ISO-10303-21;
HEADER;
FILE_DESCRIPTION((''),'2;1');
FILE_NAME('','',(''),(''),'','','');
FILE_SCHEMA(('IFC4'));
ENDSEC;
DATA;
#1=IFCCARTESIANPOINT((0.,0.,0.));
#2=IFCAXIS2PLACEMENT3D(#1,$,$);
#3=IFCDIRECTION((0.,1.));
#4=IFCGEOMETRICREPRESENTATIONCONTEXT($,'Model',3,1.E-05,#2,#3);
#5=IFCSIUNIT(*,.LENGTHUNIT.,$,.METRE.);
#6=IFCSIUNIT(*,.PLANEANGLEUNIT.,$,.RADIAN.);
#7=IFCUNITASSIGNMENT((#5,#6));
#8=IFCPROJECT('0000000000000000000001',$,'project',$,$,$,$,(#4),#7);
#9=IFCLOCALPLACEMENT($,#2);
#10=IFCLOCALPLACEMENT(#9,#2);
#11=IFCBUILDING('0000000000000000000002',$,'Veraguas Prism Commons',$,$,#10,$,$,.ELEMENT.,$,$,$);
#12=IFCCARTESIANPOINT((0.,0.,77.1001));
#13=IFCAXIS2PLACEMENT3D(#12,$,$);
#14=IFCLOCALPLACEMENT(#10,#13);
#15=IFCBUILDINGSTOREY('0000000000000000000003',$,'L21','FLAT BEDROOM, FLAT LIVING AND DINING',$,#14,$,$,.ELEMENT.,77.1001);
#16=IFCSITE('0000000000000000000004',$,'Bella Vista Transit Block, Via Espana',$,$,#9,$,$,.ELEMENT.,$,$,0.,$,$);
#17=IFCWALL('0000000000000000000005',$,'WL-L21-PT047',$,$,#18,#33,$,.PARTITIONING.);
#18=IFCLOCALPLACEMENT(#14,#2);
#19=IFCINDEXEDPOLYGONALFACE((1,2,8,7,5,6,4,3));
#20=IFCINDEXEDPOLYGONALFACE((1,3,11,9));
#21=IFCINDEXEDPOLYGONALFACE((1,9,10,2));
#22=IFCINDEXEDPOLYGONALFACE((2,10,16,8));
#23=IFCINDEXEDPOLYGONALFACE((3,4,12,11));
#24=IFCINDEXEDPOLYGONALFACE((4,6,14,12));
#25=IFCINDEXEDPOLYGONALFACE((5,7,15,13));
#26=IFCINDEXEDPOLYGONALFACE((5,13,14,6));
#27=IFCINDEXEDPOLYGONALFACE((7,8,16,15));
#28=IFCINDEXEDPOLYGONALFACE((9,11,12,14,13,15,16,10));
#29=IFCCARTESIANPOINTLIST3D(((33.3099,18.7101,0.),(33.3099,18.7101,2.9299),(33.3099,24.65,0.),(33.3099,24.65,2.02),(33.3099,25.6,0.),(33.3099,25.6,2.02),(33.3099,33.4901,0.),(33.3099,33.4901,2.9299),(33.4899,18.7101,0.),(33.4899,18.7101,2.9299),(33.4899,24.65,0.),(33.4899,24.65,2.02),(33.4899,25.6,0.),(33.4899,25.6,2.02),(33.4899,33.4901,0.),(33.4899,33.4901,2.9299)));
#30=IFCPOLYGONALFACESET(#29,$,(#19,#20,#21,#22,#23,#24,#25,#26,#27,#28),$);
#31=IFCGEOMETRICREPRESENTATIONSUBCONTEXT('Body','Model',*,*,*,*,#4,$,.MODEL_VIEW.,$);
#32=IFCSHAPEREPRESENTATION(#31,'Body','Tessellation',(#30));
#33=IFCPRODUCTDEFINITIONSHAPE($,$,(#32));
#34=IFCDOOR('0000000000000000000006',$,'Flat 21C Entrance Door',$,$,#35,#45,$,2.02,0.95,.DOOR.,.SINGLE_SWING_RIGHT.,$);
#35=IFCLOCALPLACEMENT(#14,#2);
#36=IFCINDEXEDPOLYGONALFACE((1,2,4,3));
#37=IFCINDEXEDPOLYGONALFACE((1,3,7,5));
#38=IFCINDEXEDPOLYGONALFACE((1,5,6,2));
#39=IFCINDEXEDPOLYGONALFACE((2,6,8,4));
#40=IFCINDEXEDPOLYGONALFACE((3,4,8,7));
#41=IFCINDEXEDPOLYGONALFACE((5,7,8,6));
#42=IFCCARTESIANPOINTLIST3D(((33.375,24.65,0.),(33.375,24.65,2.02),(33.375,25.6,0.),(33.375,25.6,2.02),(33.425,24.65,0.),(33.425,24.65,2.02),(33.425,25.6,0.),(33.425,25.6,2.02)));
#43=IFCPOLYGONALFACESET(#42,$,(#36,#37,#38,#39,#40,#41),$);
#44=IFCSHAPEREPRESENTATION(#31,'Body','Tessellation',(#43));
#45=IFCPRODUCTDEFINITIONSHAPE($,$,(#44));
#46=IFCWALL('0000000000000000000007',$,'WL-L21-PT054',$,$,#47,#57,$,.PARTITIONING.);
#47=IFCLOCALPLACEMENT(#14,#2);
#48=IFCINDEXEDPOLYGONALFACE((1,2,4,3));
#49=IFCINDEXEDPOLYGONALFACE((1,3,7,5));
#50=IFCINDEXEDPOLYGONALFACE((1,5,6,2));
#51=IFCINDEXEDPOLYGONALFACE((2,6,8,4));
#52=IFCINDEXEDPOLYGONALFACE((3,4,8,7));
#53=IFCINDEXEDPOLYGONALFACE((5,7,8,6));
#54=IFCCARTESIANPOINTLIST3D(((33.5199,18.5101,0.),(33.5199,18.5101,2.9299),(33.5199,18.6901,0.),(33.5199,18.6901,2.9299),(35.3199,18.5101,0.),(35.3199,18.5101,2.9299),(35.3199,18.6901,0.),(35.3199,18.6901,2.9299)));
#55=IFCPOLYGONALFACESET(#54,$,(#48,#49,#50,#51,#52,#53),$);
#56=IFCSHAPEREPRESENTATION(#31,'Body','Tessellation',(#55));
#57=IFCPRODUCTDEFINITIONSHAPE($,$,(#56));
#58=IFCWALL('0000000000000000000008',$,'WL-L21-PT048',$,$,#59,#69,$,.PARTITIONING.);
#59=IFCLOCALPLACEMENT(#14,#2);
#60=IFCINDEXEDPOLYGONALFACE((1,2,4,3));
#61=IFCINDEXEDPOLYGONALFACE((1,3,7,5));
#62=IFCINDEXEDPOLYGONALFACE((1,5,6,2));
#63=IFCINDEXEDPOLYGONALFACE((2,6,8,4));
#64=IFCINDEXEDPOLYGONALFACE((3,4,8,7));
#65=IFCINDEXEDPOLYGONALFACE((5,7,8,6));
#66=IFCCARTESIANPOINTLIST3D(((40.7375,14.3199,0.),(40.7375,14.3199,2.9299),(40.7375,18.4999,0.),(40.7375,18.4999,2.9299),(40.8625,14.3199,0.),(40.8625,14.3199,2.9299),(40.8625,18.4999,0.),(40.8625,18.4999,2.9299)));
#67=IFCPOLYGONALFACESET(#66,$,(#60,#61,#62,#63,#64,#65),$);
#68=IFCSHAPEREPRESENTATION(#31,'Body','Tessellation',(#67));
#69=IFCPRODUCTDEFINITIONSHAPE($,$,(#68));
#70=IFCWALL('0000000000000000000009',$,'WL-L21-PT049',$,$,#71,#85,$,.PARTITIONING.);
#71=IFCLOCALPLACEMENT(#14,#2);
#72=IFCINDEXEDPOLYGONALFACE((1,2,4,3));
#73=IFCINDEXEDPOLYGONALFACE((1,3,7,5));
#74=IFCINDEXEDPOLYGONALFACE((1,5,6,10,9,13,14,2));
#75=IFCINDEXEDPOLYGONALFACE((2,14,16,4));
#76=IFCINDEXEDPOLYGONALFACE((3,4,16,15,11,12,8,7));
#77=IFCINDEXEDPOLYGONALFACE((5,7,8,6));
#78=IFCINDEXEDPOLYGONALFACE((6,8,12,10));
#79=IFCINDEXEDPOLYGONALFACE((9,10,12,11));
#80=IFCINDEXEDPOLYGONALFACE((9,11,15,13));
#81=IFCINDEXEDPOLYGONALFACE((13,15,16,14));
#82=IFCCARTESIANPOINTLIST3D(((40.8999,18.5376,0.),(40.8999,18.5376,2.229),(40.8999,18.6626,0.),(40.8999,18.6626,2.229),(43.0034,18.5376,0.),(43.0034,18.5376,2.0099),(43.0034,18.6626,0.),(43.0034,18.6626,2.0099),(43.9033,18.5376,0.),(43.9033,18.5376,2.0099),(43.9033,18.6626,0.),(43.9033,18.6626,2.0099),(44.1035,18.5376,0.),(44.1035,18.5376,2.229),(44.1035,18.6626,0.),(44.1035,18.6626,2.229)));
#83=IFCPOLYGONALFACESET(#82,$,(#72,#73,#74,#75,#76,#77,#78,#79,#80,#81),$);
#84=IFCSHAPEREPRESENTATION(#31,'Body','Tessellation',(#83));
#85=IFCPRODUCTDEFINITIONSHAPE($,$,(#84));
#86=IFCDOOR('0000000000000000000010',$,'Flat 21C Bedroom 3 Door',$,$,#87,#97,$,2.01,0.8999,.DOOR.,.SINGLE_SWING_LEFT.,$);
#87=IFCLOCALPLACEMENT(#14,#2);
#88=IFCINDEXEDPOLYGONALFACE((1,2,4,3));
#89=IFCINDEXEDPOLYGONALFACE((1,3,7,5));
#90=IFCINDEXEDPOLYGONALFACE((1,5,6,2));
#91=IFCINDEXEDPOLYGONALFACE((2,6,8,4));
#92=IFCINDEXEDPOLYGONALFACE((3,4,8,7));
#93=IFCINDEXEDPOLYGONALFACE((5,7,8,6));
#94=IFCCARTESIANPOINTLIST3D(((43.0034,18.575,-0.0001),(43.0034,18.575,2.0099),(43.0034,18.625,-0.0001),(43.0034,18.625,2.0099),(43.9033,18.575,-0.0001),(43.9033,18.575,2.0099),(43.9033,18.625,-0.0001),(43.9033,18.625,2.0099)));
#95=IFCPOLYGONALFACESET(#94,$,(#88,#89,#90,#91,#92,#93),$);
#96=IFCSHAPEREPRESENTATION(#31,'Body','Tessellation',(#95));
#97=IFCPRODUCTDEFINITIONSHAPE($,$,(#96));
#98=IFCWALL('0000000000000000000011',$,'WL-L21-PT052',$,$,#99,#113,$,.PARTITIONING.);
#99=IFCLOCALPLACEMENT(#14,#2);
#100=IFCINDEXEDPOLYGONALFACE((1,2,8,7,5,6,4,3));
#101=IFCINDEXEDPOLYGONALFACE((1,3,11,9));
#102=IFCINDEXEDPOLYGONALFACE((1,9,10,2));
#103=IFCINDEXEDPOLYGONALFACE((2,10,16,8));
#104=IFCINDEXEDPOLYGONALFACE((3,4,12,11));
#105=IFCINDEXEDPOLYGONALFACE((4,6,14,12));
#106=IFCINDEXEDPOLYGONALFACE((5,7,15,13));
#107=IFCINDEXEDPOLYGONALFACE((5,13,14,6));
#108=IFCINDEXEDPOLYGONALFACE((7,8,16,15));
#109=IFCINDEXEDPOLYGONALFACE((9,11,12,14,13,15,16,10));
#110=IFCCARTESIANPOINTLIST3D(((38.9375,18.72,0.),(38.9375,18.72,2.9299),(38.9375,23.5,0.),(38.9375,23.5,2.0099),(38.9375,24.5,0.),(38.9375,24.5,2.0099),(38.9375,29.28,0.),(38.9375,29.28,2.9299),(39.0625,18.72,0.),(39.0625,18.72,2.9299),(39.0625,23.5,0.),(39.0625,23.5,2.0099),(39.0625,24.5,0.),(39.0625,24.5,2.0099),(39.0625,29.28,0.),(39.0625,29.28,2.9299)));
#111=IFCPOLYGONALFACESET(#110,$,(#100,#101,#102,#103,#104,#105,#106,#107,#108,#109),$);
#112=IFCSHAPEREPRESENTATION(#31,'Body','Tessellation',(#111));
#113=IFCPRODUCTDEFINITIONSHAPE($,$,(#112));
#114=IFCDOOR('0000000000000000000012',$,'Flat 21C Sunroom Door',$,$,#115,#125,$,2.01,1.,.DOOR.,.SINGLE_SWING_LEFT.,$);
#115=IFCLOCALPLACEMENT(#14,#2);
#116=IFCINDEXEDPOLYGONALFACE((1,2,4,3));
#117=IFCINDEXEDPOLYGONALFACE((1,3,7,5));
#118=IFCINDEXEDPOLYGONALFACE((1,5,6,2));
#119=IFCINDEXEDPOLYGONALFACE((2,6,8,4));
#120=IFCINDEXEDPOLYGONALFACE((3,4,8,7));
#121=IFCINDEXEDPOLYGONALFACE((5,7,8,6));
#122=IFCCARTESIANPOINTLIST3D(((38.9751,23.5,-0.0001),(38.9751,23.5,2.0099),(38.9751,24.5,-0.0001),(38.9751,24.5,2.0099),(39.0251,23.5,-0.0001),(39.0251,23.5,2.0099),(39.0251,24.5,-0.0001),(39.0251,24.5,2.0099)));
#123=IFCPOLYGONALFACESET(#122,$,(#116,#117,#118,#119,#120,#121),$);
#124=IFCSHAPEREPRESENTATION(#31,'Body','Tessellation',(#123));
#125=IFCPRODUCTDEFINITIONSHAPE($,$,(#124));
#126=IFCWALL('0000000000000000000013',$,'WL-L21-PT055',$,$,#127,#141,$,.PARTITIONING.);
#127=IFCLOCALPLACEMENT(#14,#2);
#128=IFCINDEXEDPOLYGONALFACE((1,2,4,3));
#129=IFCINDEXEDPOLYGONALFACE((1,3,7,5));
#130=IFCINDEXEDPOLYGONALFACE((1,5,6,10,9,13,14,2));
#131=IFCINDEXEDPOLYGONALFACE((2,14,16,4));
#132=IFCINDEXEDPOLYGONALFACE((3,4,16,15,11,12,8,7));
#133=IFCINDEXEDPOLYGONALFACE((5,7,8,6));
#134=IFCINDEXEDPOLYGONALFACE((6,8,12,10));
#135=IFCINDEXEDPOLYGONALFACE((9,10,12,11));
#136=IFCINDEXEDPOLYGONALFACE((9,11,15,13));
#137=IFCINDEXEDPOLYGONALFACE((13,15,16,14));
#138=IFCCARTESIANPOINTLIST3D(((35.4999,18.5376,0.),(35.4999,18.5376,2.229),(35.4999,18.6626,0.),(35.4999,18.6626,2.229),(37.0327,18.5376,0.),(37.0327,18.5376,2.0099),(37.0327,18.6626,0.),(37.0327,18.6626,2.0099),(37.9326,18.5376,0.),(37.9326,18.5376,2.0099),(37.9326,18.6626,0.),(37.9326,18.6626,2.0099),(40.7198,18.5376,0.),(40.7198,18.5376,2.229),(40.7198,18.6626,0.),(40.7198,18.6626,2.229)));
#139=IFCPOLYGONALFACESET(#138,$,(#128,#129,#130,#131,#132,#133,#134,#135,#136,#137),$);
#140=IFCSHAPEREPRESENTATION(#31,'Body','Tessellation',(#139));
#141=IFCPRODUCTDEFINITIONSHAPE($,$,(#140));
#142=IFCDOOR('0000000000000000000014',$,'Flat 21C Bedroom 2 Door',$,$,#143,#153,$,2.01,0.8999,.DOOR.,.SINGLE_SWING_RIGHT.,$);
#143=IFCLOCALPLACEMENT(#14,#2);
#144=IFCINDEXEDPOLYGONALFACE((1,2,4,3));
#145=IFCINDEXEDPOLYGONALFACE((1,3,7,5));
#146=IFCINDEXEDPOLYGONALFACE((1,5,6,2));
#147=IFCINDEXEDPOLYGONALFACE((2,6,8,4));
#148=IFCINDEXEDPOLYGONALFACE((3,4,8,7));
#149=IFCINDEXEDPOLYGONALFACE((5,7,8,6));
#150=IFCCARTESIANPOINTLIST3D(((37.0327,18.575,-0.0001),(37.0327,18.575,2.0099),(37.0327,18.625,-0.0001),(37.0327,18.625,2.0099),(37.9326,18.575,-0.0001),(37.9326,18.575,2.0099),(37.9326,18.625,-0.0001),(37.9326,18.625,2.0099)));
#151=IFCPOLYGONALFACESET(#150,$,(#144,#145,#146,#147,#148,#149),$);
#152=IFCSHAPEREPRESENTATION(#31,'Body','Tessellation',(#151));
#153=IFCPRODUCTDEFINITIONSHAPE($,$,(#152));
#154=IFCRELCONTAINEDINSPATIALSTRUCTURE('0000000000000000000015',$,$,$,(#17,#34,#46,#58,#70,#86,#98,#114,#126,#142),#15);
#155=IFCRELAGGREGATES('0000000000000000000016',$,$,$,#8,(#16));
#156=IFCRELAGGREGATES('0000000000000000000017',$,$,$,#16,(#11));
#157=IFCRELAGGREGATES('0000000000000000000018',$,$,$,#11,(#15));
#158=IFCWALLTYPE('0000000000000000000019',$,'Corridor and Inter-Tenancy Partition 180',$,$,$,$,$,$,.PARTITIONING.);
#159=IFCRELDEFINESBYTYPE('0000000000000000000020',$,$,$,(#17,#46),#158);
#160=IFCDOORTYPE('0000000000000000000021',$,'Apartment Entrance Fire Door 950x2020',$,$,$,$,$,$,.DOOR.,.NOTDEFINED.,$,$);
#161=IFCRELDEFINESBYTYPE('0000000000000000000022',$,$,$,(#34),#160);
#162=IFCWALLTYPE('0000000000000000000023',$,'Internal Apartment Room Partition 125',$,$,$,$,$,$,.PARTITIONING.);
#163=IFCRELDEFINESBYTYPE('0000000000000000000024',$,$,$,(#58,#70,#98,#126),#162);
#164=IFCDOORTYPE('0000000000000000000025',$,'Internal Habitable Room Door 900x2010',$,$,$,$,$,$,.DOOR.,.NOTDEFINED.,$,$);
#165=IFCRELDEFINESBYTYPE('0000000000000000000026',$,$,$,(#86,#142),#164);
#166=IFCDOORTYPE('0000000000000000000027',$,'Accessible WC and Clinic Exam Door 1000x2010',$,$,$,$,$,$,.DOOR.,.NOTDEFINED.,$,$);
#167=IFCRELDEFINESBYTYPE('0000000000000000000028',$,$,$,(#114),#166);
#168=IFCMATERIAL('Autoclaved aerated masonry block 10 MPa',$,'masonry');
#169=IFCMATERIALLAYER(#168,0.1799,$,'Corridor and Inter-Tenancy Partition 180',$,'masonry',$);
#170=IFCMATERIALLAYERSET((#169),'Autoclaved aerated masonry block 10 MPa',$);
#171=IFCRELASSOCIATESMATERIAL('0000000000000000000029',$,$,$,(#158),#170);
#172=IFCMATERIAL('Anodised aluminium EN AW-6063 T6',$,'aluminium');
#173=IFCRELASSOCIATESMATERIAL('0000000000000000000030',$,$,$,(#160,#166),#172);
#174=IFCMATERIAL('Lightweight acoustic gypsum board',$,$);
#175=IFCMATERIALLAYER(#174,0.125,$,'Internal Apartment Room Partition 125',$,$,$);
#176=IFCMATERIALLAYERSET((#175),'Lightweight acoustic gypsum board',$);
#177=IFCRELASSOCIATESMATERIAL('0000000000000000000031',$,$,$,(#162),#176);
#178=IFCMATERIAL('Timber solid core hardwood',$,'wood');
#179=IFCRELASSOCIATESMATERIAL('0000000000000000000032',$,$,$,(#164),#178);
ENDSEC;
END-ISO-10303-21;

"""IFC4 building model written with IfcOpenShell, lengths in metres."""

from ifc_helpers import new_model, si_unit, direction, frame, frame_2d, origin, place, context, subcontext, project, spatial, rectangle, extrude, source, transform, mapped, material, layer, layer_set, type_object, element, fill, save


model = new_model("IFC4")

# Units and contexts
model_context = context("Model", 3, precision=1e-05, world=origin(), true_north=direction((0.0, 1.0)))
body_context = subcontext(model_context, "Body", "Model", "MODEL_VIEW")
ifc_project = project(units=[si_unit("LENGTHUNIT", "METRE"), si_unit("PLANEANGLEUNIT", "RADIAN")], contexts=[model_context])

# Site, building, storey
site_placement = place(None, origin())
site = spatial("IfcSite", under=ifc_project, at=site_placement, Name="Bella Vista Transit Block, Via Espana", CompositionType="ELEMENT", RefElevation=0.0)
building_placement = place(site_placement, origin())
building = spatial("IfcBuilding", under=site, at=building_placement, Name="Veraguas Prism Commons", CompositionType="ELEMENT")
storey_placement = place(building_placement, frame((0.0, 0.0, 77.1001)))
storey = spatial("IfcBuildingStorey", under=building, at=storey_placement, Name="L21", Description="FLAT BEDROOM, FLAT LIVING AND DINING", CompositionType="ELEMENT", Elevation=77.1001)

# Shared definitions
ifc_material_1 = material(Name="Anodised aluminium EN AW-6063 T6", Category="aluminium")

# Wall, opening, door
ifc_material_2 = material(Name="Autoclaved aerated masonry block 10 MPa", Category="masonry")
ifc_layer_1 = layer(ifc_material_2, 0.1799, Name="Corridor and Inter-Tenancy Partition 180", Category="masonry")
ifc_layer_set_1 = layer_set([ifc_layer_1], Name="Autoclaved aerated masonry block 10 MPa")
wall_type_1 = type_object("IfcWallType", Name="Corridor and Inter-Tenancy Partition 180", PredefinedType="PARTITIONING", material=ifc_layer_set_1)
wall_1_placement = place(storey_placement, frame((33.3999, 18.71, 0.0), z_axis=(0.0, 0.0, 1.0), x_axis=(0.0, 1.0, 0.0)))
wall_1 = element("IfcWall", 1, at=wall_1_placement, inside=storey, type_object=wall_type_1, Name="WL-L21-PT047", PredefinedType="PARTITIONING", context=body_context, shape_type="SweptSolid", body=[
    extrude(rectangle(XDim=14.78, YDim=0.1799, at=frame_2d((7.3901, 0.0))), origin(), (0.0, 0.0, 1.0), 2.9299),
])
opening_1_placement = place(wall_1_placement, frame((5.9399, 0.0, 0.0)))
opening_1 = element("IfcOpeningElement", 2, at=opening_1_placement, cuts=wall_1, PredefinedType="OPENING", context=body_context, shape_type="SweptSolid", body=[
    extrude(rectangle(XDim=0.95, YDim=2.02, at=frame_2d((0.4751, 1.01))), frame((0.0, 0.0999, 0.0), z_axis=(0.0, -1.0, 0.0), x_axis=(1.0, 0.0, 0.0)), (0.0, 0.0, 1.0), 0.2),
])
door_type_1 = type_object("IfcDoorType", Name="Apartment Entrance Fire Door 950x2020", OperationType="NOTDEFINED", PredefinedType="DOOR", material=ifc_material_1)
shared_shape_1 = source(origin(), body_context, "Body", "SweptSolid", [
    extrude(rectangle(XDim=0.95, YDim=2.02, at=frame_2d((0.4751, 1.01))), frame((0.0, 0.0249, 0.0), z_axis=(0.0, -1.0, 0.0), x_axis=(1.0, 0.0, 0.0)), (0.0, 0.0, 1.0), 0.05),
])
door_1_placement = place(opening_1_placement, origin())
door_1 = element("IfcDoor", 3, at=door_1_placement, inside=storey, type_object=door_type_1, Name="Flat 21C Entrance Door", OperationType="SINGLE_SWING_RIGHT", OverallHeight=2.02, OverallWidth=0.95, PredefinedType="DOOR", context=body_context, shape_type="MappedRepresentation", body=[
    mapped(shared_shape_1, transform((0.0, 0.0, 0.0), scale=1.0)),
])
fill(opening_1, door_1)

# Walls
wall_2_placement = place(storey_placement, frame((33.52, 18.6001, 0.0), z_axis=(0.0, 0.0, 1.0), x_axis=(1.0, 0.0, 0.0)))
element("IfcWall", 4, at=wall_2_placement, inside=storey, type_object=wall_type_1, Name="WL-L21-PT054", PredefinedType="PARTITIONING", context=body_context, shape_type="SweptSolid", body=[
    extrude(rectangle(XDim=1.8, YDim=0.1799, at=frame_2d((0.8999, 0.0))), origin(), (0.0, 0.0, 1.0), 2.9299),
])
ifc_material_3 = material(Name="Lightweight acoustic gypsum board")
ifc_layer_2 = layer(ifc_material_3, 0.125, Name="Internal Apartment Room Partition 125")
ifc_layer_set_2 = layer_set([ifc_layer_2], Name="Lightweight acoustic gypsum board")
wall_type_2 = type_object("IfcWallType", Name="Internal Apartment Room Partition 125", PredefinedType="PARTITIONING", material=ifc_layer_set_2)
wall_3_placement = place(storey_placement, frame((40.8, 14.3201, 0.0), z_axis=(0.0, 0.0, 1.0), x_axis=(0.0, 1.0, 0.0)))
element("IfcWall", 5, at=wall_3_placement, inside=storey, type_object=wall_type_2, Name="WL-L21-PT048", PredefinedType="PARTITIONING", context=body_context, shape_type="SweptSolid", body=[
    extrude(rectangle(XDim=4.1799, YDim=0.125, at=frame_2d((2.0898, 0.0))), origin(), (0.0, 0.0, 1.0), 2.9299),
])

# Walls, openings, doors
wall_4_placement = place(storey_placement, frame((40.8999, 18.6001, 0.0), z_axis=(0.0, 0.0, 1.0), x_axis=(1.0, 0.0, 0.0)))
wall_4 = element("IfcWall", 6, at=wall_4_placement, inside=storey, type_object=wall_type_2, Name="WL-L21-PT049", PredefinedType="PARTITIONING", context=body_context, shape_type="SweptSolid", body=[
    extrude(rectangle(XDim=3.2036, YDim=0.125, at=frame_2d((1.6018, 0.0))), origin(), (0.0, 0.0, 1.0), 2.229),
])
opening_2_placement = place(wall_4_placement, frame((2.1035, 0.0, 0.0)))
opening_2 = element("IfcOpeningElement", 7, at=opening_2_placement, cuts=wall_4, PredefinedType="OPENING", context=body_context, shape_type="SweptSolid", body=[
    extrude(rectangle(XDim=0.8999, YDim=2.01, at=frame_2d((0.45, 1.0049))), frame((0.0, 0.0725, 0.0), z_axis=(0.0, -1.0, 0.0), x_axis=(1.0, 0.0, 0.0)), (0.0, 0.0, 1.0), 0.145),
])
ifc_material_4 = material(Name="Timber solid core hardwood", Category="wood")
door_type_2 = type_object("IfcDoorType", Name="Internal Habitable Room Door 900x2010", OperationType="NOTDEFINED", PredefinedType="DOOR", material=ifc_material_4)
shared_shape_2 = source(origin(), body_context, "Body", "SweptSolid", [
    extrude(rectangle(XDim=0.8999, YDim=2.01, at=frame_2d((0.45, 1.0049))), frame((0.0, 0.0249, 0.0), z_axis=(0.0, -1.0, 0.0), x_axis=(1.0, 0.0, 0.0)), (0.0, 0.0, 1.0), 0.05),
])
door_2_placement = place(opening_2_placement, origin())
door_2 = element("IfcDoor", 8, at=door_2_placement, inside=storey, type_object=door_type_2, Name="Flat 21C Bedroom 3 Door", OperationType="SINGLE_SWING_LEFT", OverallHeight=2.01, OverallWidth=0.8999, PredefinedType="DOOR", context=body_context, shape_type="MappedRepresentation", body=[
    mapped(shared_shape_2, transform((0.0, 0.0, 0.0), scale=1.0)),
])
fill(opening_2, door_2)
wall_5_placement = place(storey_placement, frame((39.0, 18.72, 0.0), z_axis=(0.0, 0.0, 1.0), x_axis=(0.0, 1.0, 0.0)))
wall_5 = element("IfcWall", 9, at=wall_5_placement, inside=storey, type_object=wall_type_2, Name="WL-L21-PT052", PredefinedType="PARTITIONING", context=body_context, shape_type="SweptSolid", body=[
    extrude(rectangle(XDim=10.5601, YDim=0.125, at=frame_2d((5.28, 0.0))), origin(), (0.0, 0.0, 1.0), 2.9299),
])
opening_3_placement = place(wall_5_placement, frame((4.78, 0.0, 0.0)))
opening_3 = element("IfcOpeningElement", 10, at=opening_3_placement, cuts=wall_5, PredefinedType="OPENING", context=body_context, shape_type="SweptSolid", body=[
    extrude(rectangle(XDim=1.0, YDim=2.01, at=frame_2d((0.5, 1.0049))), frame((0.0, 0.0725, 0.0), z_axis=(0.0, -1.0, 0.0), x_axis=(1.0, 0.0, 0.0)), (0.0, 0.0, 1.0), 0.145),
])
door_type_3 = type_object("IfcDoorType", Name="Accessible WC and Clinic Exam Door 1000x2010", OperationType="NOTDEFINED", PredefinedType="DOOR", material=ifc_material_1)
shared_shape_3 = source(origin(), body_context, "Body", "SweptSolid", [
    extrude(rectangle(XDim=1.0, YDim=2.01, at=frame_2d((0.5, 1.0049))), frame((0.0, 0.0249, 0.0), z_axis=(0.0, -1.0, 0.0), x_axis=(1.0, 0.0, 0.0)), (0.0, 0.0, 1.0), 0.05),
])
door_3_placement = place(opening_3_placement, origin())
door_3 = element("IfcDoor", 11, at=door_3_placement, inside=storey, type_object=door_type_3, Name="Flat 21C Sunroom Door", OperationType="SINGLE_SWING_LEFT", OverallHeight=2.01, OverallWidth=1.0, PredefinedType="DOOR", context=body_context, shape_type="MappedRepresentation", body=[
    mapped(shared_shape_3, transform((0.0, 0.0, 0.0), scale=1.0)),
])
fill(opening_3, door_3)
wall_6_placement = place(storey_placement, frame((35.5, 18.6001, 0.0), z_axis=(0.0, 0.0, 1.0), x_axis=(1.0, 0.0, 0.0)))
wall_6 = element("IfcWall", 12, at=wall_6_placement, inside=storey, type_object=wall_type_2, Name="WL-L21-PT055", PredefinedType="PARTITIONING", context=body_context, shape_type="SweptSolid", body=[
    extrude(rectangle(XDim=5.22, YDim=0.125, at=frame_2d((2.6099, 0.0))), origin(), (0.0, 0.0, 1.0), 2.229),
])
opening_4_placement = place(wall_6_placement, frame((1.5327, 0.0, 0.0)))
opening_4 = element("IfcOpeningElement", 13, at=opening_4_placement, cuts=wall_6, PredefinedType="OPENING", context=body_context, shape_type="SweptSolid", body=[
    extrude(rectangle(XDim=0.8999, YDim=2.01, at=frame_2d((0.45, 1.0049))), frame((0.0, 0.0725, 0.0), z_axis=(0.0, -1.0, 0.0), x_axis=(1.0, 0.0, 0.0)), (0.0, 0.0, 1.0), 0.145),
])
door_4_placement = place(opening_4_placement, origin())
door_4 = element("IfcDoor", 14, at=door_4_placement, inside=storey, type_object=door_type_2, Name="Flat 21C Bedroom 2 Door", OperationType="SINGLE_SWING_RIGHT", OverallHeight=2.01, OverallWidth=0.8999, PredefinedType="DOOR", context=body_context, shape_type="MappedRepresentation", body=[
    mapped(shared_shape_2, transform((0.0, 0.0, 0.0), scale=1.0)),
])
fill(opening_4, door_4)

save(model, "model.ifc")
